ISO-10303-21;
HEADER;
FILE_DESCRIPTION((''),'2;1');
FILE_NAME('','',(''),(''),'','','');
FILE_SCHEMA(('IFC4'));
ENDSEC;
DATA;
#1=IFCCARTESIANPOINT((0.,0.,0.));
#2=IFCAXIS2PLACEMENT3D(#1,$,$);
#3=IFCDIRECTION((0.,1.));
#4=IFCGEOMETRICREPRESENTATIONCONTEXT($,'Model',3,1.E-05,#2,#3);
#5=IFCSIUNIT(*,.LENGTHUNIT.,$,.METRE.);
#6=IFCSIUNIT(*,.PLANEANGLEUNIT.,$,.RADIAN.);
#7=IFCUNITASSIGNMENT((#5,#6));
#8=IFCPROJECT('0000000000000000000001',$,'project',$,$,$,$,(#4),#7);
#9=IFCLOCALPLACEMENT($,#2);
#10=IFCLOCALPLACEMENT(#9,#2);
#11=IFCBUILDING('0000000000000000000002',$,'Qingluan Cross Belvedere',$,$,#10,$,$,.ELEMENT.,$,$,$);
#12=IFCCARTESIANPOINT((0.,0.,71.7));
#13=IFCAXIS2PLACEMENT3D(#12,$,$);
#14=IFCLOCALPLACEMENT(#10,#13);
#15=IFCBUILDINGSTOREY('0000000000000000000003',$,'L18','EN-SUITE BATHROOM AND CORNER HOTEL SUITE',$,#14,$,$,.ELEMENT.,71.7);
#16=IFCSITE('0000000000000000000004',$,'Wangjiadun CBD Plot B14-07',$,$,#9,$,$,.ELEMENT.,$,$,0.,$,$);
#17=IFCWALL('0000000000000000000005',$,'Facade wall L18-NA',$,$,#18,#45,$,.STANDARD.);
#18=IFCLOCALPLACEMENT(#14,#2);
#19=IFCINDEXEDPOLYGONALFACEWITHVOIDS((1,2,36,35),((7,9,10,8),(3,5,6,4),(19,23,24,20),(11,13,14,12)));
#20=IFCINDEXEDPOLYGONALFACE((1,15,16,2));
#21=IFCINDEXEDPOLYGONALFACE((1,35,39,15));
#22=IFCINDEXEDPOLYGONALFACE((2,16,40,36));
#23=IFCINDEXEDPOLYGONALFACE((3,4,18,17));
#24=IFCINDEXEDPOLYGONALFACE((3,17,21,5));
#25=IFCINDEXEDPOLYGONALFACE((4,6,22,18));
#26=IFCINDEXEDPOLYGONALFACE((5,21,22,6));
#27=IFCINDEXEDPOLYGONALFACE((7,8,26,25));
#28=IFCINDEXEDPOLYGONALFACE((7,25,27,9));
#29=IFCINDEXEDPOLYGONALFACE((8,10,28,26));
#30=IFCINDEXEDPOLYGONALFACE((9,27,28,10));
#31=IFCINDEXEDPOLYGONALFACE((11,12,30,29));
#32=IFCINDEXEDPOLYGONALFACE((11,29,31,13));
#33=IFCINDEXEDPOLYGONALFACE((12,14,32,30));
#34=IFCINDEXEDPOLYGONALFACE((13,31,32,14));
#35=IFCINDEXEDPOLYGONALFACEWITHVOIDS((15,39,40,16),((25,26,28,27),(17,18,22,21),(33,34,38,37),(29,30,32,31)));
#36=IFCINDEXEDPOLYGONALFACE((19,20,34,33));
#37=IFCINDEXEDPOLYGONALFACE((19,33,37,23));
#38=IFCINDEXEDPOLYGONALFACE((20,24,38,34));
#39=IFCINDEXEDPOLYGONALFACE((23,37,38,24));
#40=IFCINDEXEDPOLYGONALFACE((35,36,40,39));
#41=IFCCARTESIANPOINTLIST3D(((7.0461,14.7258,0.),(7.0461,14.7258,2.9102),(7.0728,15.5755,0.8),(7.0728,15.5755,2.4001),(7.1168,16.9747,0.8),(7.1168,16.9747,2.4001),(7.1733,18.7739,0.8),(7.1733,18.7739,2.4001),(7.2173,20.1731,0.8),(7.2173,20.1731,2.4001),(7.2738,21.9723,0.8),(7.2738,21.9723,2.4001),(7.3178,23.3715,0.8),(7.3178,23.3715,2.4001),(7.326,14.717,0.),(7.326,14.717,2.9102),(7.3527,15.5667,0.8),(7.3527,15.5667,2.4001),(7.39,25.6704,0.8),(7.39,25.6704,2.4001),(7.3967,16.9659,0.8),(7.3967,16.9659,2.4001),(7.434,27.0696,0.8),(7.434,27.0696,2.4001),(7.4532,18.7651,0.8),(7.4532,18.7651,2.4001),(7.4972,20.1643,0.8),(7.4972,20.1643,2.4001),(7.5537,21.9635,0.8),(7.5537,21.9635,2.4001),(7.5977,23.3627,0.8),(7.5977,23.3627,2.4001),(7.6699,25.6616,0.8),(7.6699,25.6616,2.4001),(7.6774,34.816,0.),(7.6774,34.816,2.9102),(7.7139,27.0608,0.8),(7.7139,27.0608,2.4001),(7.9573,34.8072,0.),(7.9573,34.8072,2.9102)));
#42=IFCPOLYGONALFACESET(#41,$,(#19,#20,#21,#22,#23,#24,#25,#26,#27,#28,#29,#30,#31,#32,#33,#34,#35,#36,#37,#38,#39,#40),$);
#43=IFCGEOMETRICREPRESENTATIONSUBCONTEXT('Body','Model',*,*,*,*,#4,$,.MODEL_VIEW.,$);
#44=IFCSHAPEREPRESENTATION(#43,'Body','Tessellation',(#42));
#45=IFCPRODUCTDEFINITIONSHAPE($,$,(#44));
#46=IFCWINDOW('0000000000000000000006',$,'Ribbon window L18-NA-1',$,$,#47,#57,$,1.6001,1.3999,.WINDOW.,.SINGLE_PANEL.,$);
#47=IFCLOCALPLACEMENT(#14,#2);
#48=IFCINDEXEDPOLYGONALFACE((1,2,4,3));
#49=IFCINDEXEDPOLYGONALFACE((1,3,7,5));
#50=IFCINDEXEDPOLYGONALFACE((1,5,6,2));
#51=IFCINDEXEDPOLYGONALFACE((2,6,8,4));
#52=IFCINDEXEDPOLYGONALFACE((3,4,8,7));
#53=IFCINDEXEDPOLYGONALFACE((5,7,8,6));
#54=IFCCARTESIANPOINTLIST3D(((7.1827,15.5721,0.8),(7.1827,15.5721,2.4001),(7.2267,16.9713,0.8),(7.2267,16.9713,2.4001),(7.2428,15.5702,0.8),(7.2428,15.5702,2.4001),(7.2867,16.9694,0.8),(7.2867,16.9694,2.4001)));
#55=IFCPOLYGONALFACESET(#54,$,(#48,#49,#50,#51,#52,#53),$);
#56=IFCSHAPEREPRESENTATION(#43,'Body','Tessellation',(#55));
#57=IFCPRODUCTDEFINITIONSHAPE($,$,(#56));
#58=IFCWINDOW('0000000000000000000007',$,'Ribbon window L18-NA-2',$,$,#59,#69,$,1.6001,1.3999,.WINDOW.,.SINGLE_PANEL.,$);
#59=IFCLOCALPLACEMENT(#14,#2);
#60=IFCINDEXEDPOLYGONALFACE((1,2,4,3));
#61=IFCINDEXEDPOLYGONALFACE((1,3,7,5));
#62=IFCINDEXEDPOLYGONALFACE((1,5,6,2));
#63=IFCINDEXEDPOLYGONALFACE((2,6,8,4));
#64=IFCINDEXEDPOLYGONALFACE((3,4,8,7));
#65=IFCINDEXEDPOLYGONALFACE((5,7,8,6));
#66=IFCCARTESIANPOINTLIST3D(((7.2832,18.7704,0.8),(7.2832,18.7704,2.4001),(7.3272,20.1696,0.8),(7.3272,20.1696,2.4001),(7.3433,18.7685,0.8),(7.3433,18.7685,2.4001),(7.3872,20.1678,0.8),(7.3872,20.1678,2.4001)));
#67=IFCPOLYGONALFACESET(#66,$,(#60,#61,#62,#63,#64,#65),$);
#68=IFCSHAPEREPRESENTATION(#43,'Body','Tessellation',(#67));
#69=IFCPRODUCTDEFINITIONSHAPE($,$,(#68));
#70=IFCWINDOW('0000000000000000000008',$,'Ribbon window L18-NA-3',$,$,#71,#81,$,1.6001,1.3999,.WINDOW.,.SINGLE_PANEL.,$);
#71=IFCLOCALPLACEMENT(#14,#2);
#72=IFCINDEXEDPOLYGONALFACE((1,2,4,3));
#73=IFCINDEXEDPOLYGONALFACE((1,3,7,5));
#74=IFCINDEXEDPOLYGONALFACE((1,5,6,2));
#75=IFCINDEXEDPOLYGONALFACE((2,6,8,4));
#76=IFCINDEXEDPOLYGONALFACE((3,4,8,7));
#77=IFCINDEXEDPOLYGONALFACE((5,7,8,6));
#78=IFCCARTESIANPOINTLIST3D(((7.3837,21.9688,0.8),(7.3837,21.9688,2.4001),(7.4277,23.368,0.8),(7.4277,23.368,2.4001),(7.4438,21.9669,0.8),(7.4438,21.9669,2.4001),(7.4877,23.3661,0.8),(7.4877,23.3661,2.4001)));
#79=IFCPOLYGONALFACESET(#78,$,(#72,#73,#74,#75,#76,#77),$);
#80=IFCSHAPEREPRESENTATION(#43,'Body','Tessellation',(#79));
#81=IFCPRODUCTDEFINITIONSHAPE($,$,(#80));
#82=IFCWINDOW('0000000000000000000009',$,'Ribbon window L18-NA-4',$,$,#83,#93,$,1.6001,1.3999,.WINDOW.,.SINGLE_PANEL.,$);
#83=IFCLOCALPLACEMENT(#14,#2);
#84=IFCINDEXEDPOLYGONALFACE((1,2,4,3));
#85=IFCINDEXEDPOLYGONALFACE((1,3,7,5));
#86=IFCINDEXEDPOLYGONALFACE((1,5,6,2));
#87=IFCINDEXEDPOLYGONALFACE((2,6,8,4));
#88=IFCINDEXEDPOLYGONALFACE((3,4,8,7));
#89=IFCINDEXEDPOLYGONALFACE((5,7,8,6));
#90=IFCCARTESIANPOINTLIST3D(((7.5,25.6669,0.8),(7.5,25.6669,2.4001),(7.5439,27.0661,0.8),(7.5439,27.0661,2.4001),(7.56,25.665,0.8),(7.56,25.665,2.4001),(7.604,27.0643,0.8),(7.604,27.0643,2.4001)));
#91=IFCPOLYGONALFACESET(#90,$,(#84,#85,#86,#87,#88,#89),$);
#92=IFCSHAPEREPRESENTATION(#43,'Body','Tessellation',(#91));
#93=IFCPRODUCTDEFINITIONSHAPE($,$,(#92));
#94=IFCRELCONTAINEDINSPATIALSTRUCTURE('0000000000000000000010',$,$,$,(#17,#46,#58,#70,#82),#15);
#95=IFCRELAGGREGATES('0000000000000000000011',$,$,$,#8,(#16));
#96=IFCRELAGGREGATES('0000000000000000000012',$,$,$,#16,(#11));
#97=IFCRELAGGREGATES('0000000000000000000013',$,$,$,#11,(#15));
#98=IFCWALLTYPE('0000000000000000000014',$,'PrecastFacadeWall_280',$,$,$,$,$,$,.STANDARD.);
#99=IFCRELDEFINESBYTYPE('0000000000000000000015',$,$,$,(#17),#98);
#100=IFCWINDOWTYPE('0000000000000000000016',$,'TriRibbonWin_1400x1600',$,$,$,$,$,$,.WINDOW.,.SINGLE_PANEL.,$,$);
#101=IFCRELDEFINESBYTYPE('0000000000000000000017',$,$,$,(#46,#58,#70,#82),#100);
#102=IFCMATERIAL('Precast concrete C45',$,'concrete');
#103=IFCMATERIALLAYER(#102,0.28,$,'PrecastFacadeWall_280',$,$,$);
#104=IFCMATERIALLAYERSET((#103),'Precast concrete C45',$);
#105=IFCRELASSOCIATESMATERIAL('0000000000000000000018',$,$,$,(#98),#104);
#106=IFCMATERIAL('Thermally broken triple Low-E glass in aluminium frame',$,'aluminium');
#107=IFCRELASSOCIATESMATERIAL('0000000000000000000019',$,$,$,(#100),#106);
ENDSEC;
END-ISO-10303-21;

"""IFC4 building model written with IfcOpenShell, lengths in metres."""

from ifc_helpers import new_model, si_unit, direction, frame, frame_2d, origin, place, context, subcontext, project, spatial, rectangle, extrude, material, layer, layer_set, type_object, element, fill, save


model = new_model("IFC4")

# Units and contexts
model_context = context("Model", 3, precision=1e-05, world=origin(), true_north=direction((0.0, 1.0)))
body_context = subcontext(model_context, "Body", "Model", "MODEL_VIEW")
ifc_project = project(units=[si_unit("LENGTHUNIT", "METRE"), si_unit("PLANEANGLEUNIT", "RADIAN")], contexts=[model_context])

# Site, building, storey
site_placement = place(None, origin())
site = spatial("IfcSite", under=ifc_project, at=site_placement, Name="Wangjiadun CBD Plot B14-07", CompositionType="ELEMENT", RefElevation=0.0)
building_placement = place(site_placement, origin())
building = spatial("IfcBuilding", under=site, at=building_placement, Name="Qingluan Cross Belvedere", CompositionType="ELEMENT")
storey_placement = place(building_placement, frame((0.0, 0.0, 71.7)))
storey = spatial("IfcBuildingStorey", under=building, at=storey_placement, Name="L18", Description="EN-SUITE BATHROOM AND CORNER HOTEL SUITE", CompositionType="ELEMENT", Elevation=71.7)

# Wall, openings, windows
ifc_material_1 = material(Name="Precast concrete C45", Category="concrete")
ifc_layer_1 = layer(ifc_material_1, 0.28, Name="PrecastFacadeWall_280")
ifc_layer_set_1 = layer_set([ifc_layer_1], Name="Precast concrete C45")
wall_type_1 = type_object("IfcWallType", Name="PrecastFacadeWall_280", PredefinedType="STANDARD", material=ifc_layer_set_1)
wall_1_placement = place(storey_placement, frame((7.186, 14.7214, 0.0), z_axis=(0.0, 0.0, 1.0), x_axis=(0.03141, 0.999507, 0.0)))
wall_1 = element("IfcWall", 1, at=wall_1_placement, inside=storey, type_object=wall_type_1, Name="Facade wall L18-NA", PredefinedType="STANDARD", context=body_context, shape_type="SweptSolid", body=[
    extrude(rectangle(XDim=20.1001, YDim=0.28, at=frame_2d((10.05, 0.0))), origin(), (0.0, 0.0, 1.0), 2.9102),
])
opening_1_placement = place(wall_1_placement, frame((0.8501, 0.0, 0.8)))
opening_1 = element("IfcOpeningElement", 2, at=opening_1_placement, cuts=wall_1, PredefinedType="OPENING", context=body_context, shape_type="SweptSolid", body=[
    extrude(rectangle(XDim=1.3999, YDim=1.6001, at=frame_2d((0.7, 0.8))), frame((0.0, 0.1499, 0.0), z_axis=(0.0, -1.0, 0.0), x_axis=(1.0, 0.0, 0.0)), (0.0, 0.0, 1.0), 0.3),
])
opening_2_placement = place(wall_1_placement, frame((4.05, 0.0, 0.8)))
opening_2 = element("IfcOpeningElement", 3, at=opening_2_placement, cuts=wall_1, PredefinedType="OPENING", context=body_context, shape_type="SweptSolid", body=[
    extrude(rectangle(XDim=1.3999, YDim=1.6001, at=frame_2d((0.7, 0.8))), frame((0.0, 0.1499, 0.0), z_axis=(0.0, -1.0, 0.0), x_axis=(1.0, 0.0, 0.0)), (0.0, 0.0, 1.0), 0.3),
])
opening_3_placement = place(wall_1_placement, frame((7.25, 0.0, 0.8)))
opening_3 = element("IfcOpeningElement", 4, at=opening_3_placement, cuts=wall_1, PredefinedType="OPENING", context=body_context, shape_type="SweptSolid", body=[
    extrude(rectangle(XDim=1.3999, YDim=1.6001, at=frame_2d((0.7, 0.8))), frame((0.0, 0.1499, 0.0), z_axis=(0.0, -1.0, 0.0), x_axis=(1.0, 0.0, 0.0)), (0.0, 0.0, 1.0), 0.3),
])
opening_4_placement = place(wall_1_placement, frame((10.95, 0.0, 0.8)))
opening_4 = element("IfcOpeningElement", 5, at=opening_4_placement, cuts=wall_1, PredefinedType="OPENING", context=body_context, shape_type="SweptSolid", body=[
    extrude(rectangle(XDim=1.3999, YDim=1.6001, at=frame_2d((0.7, 0.8))), frame((0.0, 0.1499, 0.0), z_axis=(0.0, -1.0, 0.0), x_axis=(1.0, 0.0, 0.0)), (0.0, 0.0, 1.0), 0.3),
])
ifc_material_2 = material(Name="Thermally broken triple Low-E glass in aluminium frame", Category="aluminium")
window_type = type_object("IfcWindowType", Name="TriRibbonWin_1400x1600", PartitioningType="SINGLE_PANEL", PredefinedType="WINDOW", material=ifc_material_2)
window_1_placement = place(opening_1_placement, origin())
window_1 = element("IfcWindow", 6, at=window_1_placement, inside=storey, type_object=window_type, Name="Ribbon window L18-NA-1", OverallHeight=1.6001, OverallWidth=1.3999, PartitioningType="SINGLE_PANEL", PredefinedType="WINDOW", context=body_context, shape_type="SweptSolid", body=[
    extrude(rectangle(XDim=1.3999, YDim=1.6001, at=frame_2d((0.7, 0.8))), frame((0.0, 0.03, 0.0), z_axis=(0.0, -1.0, 0.0), x_axis=(1.0, 0.0, 0.0)), (0.0, 0.0, 1.0), 0.0601),
])
fill(opening_1, window_1)
window_2_placement = place(opening_2_placement, origin())
window_2 = element("IfcWindow", 7, at=window_2_placement, inside=storey, type_object=window_type, Name="Ribbon window L18-NA-2", OverallHeight=1.6001, OverallWidth=1.3999, PartitioningType="SINGLE_PANEL", PredefinedType="WINDOW", context=body_context, shape_type="SweptSolid", body=[
    extrude(rectangle(XDim=1.3999, YDim=1.6001, at=frame_2d((0.7, 0.8))), frame((0.0, 0.03, 0.0), z_axis=(0.0, -1.0, 0.0), x_axis=(1.0, 0.0, 0.0)), (0.0, 0.0, 1.0), 0.0601),
])
fill(opening_2, window_2)
window_3_placement = place(opening_3_placement, origin())
window_3 = element("IfcWindow", 8, at=window_3_placement, inside=storey, type_object=window_type, Name="Ribbon window L18-NA-3", OverallHeight=1.6001, OverallWidth=1.3999, PartitioningType="SINGLE_PANEL", PredefinedType="WINDOW", context=body_context, shape_type="SweptSolid", body=[
    extrude(rectangle(XDim=1.3999, YDim=1.6001, at=frame_2d((0.7, 0.8))), frame((0.0, 0.03, 0.0), z_axis=(0.0, -1.0, 0.0), x_axis=(1.0, 0.0, 0.0)), (0.0, 0.0, 1.0), 0.0601),
])
fill(opening_3, window_3)
window_4_placement = place(opening_4_placement, origin())
window_4 = element("IfcWindow", 9, at=window_4_placement, inside=storey, type_object=window_type, Name="Ribbon window L18-NA-4", OverallHeight=1.6001, OverallWidth=1.3999, PartitioningType="SINGLE_PANEL", PredefinedType="WINDOW", context=body_context, shape_type="SweptSolid", body=[
    extrude(rectangle(XDim=1.3999, YDim=1.6001, at=frame_2d((0.7, 0.8))), frame((0.0, 0.03, 0.0), z_axis=(0.0, -1.0, 0.0), x_axis=(1.0, 0.0, 0.0)), (0.0, 0.0, 1.0), 0.0601),
])
fill(opening_4, window_4)

save(model, "model.ifc")
